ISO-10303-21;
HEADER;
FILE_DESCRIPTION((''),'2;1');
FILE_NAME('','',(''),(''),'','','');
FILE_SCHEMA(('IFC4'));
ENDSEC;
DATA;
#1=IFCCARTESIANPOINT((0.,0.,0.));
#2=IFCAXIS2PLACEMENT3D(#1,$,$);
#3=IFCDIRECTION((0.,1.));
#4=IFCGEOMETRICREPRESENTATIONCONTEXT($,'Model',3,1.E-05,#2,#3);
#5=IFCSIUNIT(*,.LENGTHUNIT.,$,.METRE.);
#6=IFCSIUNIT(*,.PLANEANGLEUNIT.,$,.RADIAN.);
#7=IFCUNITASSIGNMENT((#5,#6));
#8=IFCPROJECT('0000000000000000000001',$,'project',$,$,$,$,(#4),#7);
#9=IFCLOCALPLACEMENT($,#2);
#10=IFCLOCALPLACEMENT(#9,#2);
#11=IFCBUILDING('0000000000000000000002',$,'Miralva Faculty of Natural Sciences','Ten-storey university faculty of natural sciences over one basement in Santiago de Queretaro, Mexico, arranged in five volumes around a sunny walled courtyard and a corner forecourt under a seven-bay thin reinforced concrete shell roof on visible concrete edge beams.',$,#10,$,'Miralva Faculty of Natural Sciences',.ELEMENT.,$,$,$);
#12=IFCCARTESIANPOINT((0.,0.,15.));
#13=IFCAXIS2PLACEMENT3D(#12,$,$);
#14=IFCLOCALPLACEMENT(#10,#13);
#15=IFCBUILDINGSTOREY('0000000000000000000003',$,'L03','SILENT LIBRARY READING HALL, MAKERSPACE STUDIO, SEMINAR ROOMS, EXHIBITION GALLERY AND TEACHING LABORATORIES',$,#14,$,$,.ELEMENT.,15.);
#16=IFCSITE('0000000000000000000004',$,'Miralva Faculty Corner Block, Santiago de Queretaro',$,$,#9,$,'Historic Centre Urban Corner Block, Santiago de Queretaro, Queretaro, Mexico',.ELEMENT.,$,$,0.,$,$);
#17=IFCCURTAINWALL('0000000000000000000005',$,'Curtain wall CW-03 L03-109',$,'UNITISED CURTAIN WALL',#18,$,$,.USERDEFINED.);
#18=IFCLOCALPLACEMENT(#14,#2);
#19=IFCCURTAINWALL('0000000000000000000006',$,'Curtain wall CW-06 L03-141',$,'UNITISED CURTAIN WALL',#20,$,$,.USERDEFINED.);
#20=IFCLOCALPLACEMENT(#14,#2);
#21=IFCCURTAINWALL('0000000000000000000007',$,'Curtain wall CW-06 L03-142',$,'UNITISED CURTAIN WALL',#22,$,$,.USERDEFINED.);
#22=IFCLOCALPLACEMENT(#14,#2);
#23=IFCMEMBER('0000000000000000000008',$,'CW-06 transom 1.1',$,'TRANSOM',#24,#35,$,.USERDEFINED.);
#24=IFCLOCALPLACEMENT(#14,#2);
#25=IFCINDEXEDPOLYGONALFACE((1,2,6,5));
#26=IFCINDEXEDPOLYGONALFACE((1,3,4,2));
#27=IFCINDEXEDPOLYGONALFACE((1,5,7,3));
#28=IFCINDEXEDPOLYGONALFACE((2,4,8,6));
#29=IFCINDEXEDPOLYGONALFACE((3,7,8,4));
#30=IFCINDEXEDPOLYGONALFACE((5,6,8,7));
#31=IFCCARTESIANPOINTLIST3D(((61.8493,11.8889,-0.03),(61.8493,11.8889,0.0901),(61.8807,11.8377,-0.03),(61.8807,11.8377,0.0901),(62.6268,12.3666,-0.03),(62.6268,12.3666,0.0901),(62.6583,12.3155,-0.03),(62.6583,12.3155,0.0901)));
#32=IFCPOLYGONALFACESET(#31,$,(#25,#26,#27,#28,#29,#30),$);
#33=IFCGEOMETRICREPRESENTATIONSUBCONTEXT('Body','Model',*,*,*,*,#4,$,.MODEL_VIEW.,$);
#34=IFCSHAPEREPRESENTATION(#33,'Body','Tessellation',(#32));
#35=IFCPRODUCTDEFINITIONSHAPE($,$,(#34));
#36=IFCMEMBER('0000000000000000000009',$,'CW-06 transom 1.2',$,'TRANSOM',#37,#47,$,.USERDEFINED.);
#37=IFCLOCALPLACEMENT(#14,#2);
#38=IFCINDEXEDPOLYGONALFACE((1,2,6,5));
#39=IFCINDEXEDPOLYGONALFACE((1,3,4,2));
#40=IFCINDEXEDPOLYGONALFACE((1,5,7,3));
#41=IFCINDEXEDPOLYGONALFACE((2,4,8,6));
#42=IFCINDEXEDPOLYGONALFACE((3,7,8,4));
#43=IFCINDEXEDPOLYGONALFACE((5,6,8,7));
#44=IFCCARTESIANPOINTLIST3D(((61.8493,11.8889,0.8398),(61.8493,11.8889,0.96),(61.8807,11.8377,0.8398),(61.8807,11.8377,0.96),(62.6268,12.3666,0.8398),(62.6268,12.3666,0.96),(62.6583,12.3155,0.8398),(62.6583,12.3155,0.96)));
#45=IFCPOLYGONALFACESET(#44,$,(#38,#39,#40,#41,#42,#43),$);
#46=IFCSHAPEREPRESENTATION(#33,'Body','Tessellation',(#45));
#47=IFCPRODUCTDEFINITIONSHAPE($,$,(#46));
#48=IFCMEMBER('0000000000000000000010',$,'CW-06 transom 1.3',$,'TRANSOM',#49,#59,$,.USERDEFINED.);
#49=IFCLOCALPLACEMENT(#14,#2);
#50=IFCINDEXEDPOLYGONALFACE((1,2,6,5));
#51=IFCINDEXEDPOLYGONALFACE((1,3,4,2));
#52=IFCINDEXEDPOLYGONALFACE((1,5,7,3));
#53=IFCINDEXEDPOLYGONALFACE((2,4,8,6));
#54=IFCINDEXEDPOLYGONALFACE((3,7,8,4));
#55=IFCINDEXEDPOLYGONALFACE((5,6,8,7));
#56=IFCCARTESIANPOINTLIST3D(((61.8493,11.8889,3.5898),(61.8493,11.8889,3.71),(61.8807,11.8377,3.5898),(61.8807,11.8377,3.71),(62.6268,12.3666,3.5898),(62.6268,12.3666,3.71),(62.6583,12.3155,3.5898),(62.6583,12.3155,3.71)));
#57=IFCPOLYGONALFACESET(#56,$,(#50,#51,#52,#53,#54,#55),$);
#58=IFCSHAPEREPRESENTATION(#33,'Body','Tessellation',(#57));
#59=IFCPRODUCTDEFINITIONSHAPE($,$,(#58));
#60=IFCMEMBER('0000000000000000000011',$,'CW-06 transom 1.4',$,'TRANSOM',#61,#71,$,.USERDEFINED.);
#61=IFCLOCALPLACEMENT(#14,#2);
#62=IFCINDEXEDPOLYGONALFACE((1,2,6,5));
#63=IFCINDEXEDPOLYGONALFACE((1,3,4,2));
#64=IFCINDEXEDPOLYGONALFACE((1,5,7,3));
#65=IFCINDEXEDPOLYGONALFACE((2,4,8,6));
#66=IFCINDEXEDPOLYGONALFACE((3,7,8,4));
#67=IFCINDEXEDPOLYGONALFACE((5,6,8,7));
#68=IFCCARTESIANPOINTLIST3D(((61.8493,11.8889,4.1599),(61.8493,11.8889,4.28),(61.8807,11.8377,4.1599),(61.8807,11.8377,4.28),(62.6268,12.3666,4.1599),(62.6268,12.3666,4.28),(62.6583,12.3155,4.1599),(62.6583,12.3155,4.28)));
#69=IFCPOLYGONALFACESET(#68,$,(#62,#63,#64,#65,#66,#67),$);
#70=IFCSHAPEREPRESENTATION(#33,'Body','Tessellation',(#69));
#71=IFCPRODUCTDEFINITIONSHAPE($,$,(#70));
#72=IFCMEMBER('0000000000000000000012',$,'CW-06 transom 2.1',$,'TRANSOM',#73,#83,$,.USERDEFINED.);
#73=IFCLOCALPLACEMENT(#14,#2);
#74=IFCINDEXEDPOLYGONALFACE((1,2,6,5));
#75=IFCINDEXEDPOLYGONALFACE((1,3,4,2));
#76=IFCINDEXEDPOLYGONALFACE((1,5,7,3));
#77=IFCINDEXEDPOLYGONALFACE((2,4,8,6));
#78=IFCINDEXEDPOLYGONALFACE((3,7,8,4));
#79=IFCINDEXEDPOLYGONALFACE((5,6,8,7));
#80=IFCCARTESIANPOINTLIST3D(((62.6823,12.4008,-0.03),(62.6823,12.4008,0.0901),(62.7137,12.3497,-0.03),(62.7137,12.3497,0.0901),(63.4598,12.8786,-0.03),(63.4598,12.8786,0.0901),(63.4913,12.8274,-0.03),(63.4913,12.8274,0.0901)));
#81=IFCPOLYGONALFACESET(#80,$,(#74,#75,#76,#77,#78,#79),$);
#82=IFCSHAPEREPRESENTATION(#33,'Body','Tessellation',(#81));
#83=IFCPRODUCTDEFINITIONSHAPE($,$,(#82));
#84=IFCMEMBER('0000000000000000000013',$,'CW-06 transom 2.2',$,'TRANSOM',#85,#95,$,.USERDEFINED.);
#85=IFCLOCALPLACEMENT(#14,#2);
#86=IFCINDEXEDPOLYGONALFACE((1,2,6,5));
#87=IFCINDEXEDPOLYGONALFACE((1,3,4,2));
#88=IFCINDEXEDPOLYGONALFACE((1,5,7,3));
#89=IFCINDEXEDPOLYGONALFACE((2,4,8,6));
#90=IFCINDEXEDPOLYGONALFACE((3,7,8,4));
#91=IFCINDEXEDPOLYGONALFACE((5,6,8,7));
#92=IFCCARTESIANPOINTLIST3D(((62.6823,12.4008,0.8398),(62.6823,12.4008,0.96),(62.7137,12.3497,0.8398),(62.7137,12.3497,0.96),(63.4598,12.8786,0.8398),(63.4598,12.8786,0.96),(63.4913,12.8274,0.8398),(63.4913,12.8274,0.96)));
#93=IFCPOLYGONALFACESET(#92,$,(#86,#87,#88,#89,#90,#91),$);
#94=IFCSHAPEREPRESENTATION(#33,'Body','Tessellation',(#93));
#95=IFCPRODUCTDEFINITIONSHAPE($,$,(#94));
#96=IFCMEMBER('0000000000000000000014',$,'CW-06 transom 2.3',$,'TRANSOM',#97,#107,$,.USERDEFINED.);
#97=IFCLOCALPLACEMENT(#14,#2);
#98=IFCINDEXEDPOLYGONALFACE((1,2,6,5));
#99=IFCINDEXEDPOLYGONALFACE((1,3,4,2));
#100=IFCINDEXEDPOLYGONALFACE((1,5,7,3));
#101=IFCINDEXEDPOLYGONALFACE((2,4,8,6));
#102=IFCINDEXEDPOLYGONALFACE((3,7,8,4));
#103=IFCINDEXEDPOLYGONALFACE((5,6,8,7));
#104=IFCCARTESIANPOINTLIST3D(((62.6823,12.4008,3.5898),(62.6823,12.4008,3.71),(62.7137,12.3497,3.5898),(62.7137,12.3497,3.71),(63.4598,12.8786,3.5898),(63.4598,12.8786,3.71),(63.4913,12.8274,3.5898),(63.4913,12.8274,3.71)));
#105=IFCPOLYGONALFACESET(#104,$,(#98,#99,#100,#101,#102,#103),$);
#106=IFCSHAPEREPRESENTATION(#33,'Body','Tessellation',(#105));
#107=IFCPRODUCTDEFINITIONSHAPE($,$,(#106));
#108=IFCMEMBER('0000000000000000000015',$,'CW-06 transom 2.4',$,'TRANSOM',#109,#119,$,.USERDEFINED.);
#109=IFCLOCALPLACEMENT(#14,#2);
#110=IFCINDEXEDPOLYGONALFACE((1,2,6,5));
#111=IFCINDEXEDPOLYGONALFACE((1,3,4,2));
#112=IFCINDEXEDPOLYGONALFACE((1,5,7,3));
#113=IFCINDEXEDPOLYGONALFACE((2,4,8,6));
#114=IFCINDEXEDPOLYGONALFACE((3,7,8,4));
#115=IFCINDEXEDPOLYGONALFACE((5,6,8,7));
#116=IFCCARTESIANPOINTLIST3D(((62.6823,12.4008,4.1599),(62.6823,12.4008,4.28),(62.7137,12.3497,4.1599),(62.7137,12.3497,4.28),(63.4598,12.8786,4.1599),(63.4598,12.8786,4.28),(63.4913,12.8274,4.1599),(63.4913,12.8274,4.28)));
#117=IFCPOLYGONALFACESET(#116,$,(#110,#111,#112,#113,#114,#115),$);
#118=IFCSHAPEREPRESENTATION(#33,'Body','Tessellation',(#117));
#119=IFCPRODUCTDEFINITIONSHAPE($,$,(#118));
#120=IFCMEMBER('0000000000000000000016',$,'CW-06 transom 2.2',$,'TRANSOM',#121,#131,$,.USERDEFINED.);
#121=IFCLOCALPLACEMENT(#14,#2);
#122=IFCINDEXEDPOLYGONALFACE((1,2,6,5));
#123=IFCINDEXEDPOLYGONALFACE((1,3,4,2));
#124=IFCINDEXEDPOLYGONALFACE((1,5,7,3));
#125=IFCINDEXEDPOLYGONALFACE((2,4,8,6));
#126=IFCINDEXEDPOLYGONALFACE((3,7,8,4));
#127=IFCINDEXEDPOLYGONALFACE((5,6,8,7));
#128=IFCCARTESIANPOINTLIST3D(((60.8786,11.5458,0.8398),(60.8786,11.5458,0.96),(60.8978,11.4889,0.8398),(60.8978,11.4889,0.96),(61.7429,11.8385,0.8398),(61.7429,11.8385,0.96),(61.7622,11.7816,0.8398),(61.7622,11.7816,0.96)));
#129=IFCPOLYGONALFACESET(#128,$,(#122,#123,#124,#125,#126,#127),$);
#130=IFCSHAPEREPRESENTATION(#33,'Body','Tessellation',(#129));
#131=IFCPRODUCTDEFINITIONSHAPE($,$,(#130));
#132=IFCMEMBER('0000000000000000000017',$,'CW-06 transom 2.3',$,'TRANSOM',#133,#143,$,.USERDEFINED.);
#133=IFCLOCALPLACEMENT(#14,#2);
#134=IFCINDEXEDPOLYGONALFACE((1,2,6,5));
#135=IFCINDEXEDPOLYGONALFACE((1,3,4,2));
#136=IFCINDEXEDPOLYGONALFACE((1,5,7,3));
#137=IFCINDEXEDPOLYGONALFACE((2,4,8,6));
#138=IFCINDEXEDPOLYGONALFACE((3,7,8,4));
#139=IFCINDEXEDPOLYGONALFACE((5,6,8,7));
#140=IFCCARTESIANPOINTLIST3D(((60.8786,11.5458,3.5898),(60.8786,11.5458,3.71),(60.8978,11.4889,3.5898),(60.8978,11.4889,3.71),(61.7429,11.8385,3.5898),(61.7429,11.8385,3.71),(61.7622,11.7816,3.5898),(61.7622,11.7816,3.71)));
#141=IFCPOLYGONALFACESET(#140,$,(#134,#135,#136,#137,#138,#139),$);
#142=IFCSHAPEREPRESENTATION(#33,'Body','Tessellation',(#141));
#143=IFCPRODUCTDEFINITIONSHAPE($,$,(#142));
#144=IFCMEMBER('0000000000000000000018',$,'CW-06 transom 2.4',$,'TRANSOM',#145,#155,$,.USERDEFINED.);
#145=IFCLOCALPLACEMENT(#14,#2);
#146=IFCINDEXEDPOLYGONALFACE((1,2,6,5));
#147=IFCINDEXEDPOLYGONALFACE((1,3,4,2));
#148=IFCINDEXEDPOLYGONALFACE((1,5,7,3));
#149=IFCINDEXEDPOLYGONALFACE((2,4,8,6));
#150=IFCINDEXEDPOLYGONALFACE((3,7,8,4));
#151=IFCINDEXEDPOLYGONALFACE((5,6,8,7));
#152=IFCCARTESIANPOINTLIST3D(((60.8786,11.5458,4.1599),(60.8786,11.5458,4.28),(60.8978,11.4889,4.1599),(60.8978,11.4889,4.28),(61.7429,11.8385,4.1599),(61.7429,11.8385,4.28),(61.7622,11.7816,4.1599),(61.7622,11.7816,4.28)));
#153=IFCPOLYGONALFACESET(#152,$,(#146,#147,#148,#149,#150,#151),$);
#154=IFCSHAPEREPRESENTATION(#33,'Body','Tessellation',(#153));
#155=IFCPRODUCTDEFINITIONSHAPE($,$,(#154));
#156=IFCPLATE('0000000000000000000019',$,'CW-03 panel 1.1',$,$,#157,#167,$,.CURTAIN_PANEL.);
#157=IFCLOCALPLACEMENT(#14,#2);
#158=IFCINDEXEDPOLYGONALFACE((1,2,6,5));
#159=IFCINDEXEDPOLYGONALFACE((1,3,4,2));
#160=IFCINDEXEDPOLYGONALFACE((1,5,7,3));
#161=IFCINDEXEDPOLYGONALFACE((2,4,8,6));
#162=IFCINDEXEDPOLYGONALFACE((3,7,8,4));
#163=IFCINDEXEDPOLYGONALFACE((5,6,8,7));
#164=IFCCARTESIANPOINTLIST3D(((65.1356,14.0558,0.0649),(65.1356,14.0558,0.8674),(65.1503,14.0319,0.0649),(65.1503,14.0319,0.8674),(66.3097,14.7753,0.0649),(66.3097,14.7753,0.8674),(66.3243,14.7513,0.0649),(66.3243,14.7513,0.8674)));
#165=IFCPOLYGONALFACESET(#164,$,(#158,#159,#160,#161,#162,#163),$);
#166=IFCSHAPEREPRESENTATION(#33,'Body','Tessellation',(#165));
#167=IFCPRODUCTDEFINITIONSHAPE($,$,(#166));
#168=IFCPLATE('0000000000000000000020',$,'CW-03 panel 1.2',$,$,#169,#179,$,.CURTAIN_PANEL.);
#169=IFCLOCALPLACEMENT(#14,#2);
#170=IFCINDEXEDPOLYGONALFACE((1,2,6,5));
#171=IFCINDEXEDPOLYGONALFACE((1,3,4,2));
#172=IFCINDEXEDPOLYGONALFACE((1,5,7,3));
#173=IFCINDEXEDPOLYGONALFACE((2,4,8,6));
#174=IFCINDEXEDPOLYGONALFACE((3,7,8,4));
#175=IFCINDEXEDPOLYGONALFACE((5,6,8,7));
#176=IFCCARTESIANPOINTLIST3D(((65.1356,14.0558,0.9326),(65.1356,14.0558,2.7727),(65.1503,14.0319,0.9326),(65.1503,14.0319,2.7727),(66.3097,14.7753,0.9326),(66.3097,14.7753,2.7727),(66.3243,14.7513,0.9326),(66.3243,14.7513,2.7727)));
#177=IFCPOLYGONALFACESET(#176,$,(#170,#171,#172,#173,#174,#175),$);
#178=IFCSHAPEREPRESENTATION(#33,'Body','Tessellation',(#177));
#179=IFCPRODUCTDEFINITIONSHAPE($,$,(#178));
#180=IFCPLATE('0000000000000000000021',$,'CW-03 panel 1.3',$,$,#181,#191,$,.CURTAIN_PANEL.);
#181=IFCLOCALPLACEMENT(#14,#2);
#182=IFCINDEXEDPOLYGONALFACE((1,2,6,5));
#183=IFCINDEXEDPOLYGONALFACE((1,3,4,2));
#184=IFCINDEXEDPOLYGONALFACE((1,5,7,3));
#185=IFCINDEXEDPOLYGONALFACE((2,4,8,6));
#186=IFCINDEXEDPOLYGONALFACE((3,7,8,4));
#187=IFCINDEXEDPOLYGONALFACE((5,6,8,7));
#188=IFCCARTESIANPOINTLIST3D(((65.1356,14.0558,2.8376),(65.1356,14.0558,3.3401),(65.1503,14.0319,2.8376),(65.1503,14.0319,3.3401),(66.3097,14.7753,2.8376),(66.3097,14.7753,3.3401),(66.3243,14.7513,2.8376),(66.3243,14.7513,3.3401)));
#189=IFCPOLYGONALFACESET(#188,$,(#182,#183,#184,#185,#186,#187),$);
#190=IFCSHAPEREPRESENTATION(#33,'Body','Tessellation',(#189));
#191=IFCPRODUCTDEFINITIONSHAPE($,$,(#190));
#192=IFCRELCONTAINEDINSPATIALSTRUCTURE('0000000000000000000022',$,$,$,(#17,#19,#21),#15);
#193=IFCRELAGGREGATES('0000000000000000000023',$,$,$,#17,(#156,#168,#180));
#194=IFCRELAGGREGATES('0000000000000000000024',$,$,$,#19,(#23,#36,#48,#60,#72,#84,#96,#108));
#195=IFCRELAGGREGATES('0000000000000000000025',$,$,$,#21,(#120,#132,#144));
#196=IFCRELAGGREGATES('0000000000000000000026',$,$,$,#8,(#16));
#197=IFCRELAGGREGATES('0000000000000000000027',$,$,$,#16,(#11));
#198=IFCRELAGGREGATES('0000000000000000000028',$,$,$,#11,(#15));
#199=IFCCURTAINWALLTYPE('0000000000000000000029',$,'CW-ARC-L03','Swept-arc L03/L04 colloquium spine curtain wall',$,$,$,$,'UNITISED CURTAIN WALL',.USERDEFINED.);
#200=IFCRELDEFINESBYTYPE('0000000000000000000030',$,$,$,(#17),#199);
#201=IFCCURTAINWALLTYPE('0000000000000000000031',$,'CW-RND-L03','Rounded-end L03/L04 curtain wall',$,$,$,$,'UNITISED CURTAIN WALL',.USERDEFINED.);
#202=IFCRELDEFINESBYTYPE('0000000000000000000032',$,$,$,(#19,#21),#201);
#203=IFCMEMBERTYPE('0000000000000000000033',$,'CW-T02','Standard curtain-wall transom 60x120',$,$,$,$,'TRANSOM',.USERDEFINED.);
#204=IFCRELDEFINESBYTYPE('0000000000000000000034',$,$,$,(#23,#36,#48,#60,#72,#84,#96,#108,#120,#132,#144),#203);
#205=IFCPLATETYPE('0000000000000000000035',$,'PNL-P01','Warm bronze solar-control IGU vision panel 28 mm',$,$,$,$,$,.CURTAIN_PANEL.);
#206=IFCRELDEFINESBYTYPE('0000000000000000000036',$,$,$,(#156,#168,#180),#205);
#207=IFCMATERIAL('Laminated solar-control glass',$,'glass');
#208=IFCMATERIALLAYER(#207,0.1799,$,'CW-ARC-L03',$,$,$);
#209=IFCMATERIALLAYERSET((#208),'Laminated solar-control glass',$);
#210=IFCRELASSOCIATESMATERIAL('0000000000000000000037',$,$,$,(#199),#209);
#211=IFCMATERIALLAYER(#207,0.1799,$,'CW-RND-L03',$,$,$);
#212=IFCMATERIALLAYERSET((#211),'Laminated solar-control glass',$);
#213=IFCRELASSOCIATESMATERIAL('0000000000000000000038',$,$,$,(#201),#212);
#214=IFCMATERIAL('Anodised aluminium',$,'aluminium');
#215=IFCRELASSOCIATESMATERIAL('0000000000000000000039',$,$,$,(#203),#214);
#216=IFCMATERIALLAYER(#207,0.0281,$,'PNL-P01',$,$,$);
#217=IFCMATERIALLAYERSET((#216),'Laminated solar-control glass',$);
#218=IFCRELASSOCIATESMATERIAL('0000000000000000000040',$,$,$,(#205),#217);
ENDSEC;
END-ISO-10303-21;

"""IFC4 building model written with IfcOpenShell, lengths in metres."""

from ifc_helpers import new_model, si_unit, direction, frame, origin, origin_2d, place, context, subcontext, project, spatial, rectangle, extrude, material, layer, layer_set, material_profile, profile_set, type_object, element, aggregate, save


model = new_model("IFC4")

# Units and contexts
model_context = context("Model", 3, precision=1e-05, world=origin(), true_north=direction((0.0, 1.0)))
body_context = subcontext(model_context, "Body", "Model", "MODEL_VIEW")
ifc_project = project(units=[si_unit("LENGTHUNIT", "METRE"), si_unit("PLANEANGLEUNIT", "RADIAN")], contexts=[model_context])

# Site, building, storey
site_placement = place(None, origin())
site = spatial("IfcSite", under=ifc_project, at=site_placement, Name="Miralva Faculty Corner Block, Santiago de Queretaro", LongName="Historic Centre Urban Corner Block, Santiago de Queretaro, Queretaro, Mexico", CompositionType="ELEMENT", RefElevation=0.0)
building_placement = place(site_placement, origin())
building = spatial("IfcBuilding", under=site, at=building_placement, Name="Miralva Faculty of Natural Sciences", Description="Ten-storey university faculty of natural sciences over one basement in Santiago de Queretaro, Mexico, arranged in five volumes around a sunny walled courtyard and a corner forecourt under a seven-bay thin reinforced concrete shell roof on visible concrete edge beams.", LongName="Miralva Faculty of Natural Sciences", CompositionType="ELEMENT")
storey_placement = place(building_placement, frame((0.0, 0.0, 15.0)))
storey = spatial("IfcBuildingStorey", under=building, at=storey_placement, Name="L03", Description="SILENT LIBRARY READING HALL, MAKERSPACE STUDIO, SEMINAR ROOMS, EXHIBITION GALLERY AND TEACHING LABORATORIES", CompositionType="ELEMENT", Elevation=15.0)

# Curtain walls
ifc_material_1 = material(Name="Laminated solar-control glass", Category="glass")
ifc_layer_1 = layer(ifc_material_1, 0.1799, Name="CW-ARC-L03")
ifc_layer_set_1 = layer_set([ifc_layer_1], Name="Laminated solar-control glass")
curtain_wall_type_1 = type_object("IfcCurtainWallType", Name="CW-ARC-L03", Description="Swept-arc L03/L04 colloquium spine curtain wall", ElementType="UNITISED CURTAIN WALL", PredefinedType="USERDEFINED", material=ifc_layer_set_1)
curtain_wall_1_placement = place(storey_placement, origin())
curtain_wall_1 = element("IfcCurtainWall", 1, at=curtain_wall_1_placement, inside=storey, type_object=curtain_wall_type_1, Name="Curtain wall CW-03 L03-109", ObjectType="UNITISED CURTAIN WALL", PredefinedType="USERDEFINED")
ifc_material_2 = material(Name="Anodised aluminium", Category="aluminium")
ifc_layer_2 = layer(ifc_material_1, 0.1799, Name="CW-RND-L03")
ifc_layer_set_2 = layer_set([ifc_layer_2], Name="Laminated solar-control glass")
curtain_wall_type_2 = type_object("IfcCurtainWallType", Name="CW-RND-L03", Description="Rounded-end L03/L04 curtain wall", ElementType="UNITISED CURTAIN WALL", PredefinedType="USERDEFINED", material=ifc_layer_set_2)
curtain_wall_2_placement = place(storey_placement, origin())
curtain_wall_2 = element("IfcCurtainWall", 2, at=curtain_wall_2_placement, inside=storey, type_object=curtain_wall_type_2, Name="Curtain wall CW-06 L03-141", ObjectType="UNITISED CURTAIN WALL", PredefinedType="USERDEFINED")

# Curtain wall
curtain_wall_3_placement = place(storey_placement, origin())
curtain_wall_3 = element("IfcCurtainWall", 3, at=curtain_wall_3_placement, inside=storey, type_object=curtain_wall_type_2, Name="Curtain wall CW-06 L03-142", ObjectType="UNITISED CURTAIN WALL", PredefinedType="USERDEFINED")

# Members
ifc_material_profile_1 = material_profile(ifc_material_2, rectangle(XDim=0.0601, YDim=0.1201, at=origin_2d()), Name="TRANSOM 60x120")
ifc_profile_set_1 = profile_set([ifc_material_profile_1], Name="Anodised aluminium")
member_type_1 = type_object("IfcMemberType", Name="CW-T02", Description="Standard curtain-wall transom 60x120", ElementType="TRANSOM", PredefinedType="USERDEFINED", material=ifc_profile_set_1)
member_1_placement = place(storey_placement, frame((61.865, 11.8633, 0.03), z_axis=(0.852016, 0.523515, 0.0), x_axis=(-0.523515, 0.852016, 0.0)))
member_1 = element("IfcMember", 4, at=member_1_placement, type_object=member_type_1, Name="CW-06 transom 1.1", ObjectType="TRANSOM", PredefinedType="USERDEFINED", context=body_context, shape_type="SweptSolid", body=[
    extrude(rectangle(XDim=0.0601, YDim=0.1201, at=origin_2d()), origin(), (0.0, 0.0, 1.0), 0.9126),
])
member_2_placement = place(storey_placement, frame((61.865, 11.8633, 0.8999), z_axis=(0.852016, 0.523515, 0.0), x_axis=(-0.523515, 0.852016, 0.0)))
member_2 = element("IfcMember", 5, at=member_2_placement, type_object=member_type_1, Name="CW-06 transom 1.2", ObjectType="TRANSOM", PredefinedType="USERDEFINED", context=body_context, shape_type="SweptSolid", body=[
    extrude(rectangle(XDim=0.0601, YDim=0.1201, at=origin_2d()), origin(), (0.0, 0.0, 1.0), 0.9126),
])
member_3_placement = place(storey_placement, frame((61.865, 11.8633, 3.6499), z_axis=(0.852016, 0.523515, 0.0), x_axis=(-0.523515, 0.852016, 0.0)))
member_3 = element("IfcMember", 6, at=member_3_placement, type_object=member_type_1, Name="CW-06 transom 1.3", ObjectType="TRANSOM", PredefinedType="USERDEFINED", context=body_context, shape_type="SweptSolid", body=[
    extrude(rectangle(XDim=0.0601, YDim=0.1201, at=origin_2d()), origin(), (0.0, 0.0, 1.0), 0.9126),
])
member_4_placement = place(storey_placement, frame((61.865, 11.8633, 4.22), z_axis=(0.852016, 0.523515, 0.0), x_axis=(-0.523515, 0.852016, 0.0)))
member_4 = element("IfcMember", 7, at=member_4_placement, type_object=member_type_1, Name="CW-06 transom 1.4", ObjectType="TRANSOM", PredefinedType="USERDEFINED", context=body_context, shape_type="SweptSolid", body=[
    extrude(rectangle(XDim=0.0601, YDim=0.1201, at=origin_2d()), origin(), (0.0, 0.0, 1.0), 0.9126),
])
member_5_placement = place(storey_placement, frame((62.698, 12.3752, 0.03), z_axis=(0.852016, 0.523515, 0.0), x_axis=(-0.523515, 0.852016, 0.0)))
member_5 = element("IfcMember", 8, at=member_5_placement, type_object=member_type_1, Name="CW-06 transom 2.1", ObjectType="TRANSOM", PredefinedType="USERDEFINED", context=body_context, shape_type="SweptSolid", body=[
    extrude(rectangle(XDim=0.0601, YDim=0.1201, at=origin_2d()), origin(), (0.0, 0.0, 1.0), 0.9126),
])
member_6_placement = place(storey_placement, frame((62.698, 12.3752, 0.8999), z_axis=(0.852016, 0.523515, 0.0), x_axis=(-0.523515, 0.852016, 0.0)))
member_6 = element("IfcMember", 9, at=member_6_placement, type_object=member_type_1, Name="CW-06 transom 2.2", ObjectType="TRANSOM", PredefinedType="USERDEFINED", context=body_context, shape_type="SweptSolid", body=[
    extrude(rectangle(XDim=0.0601, YDim=0.1201, at=origin_2d()), origin(), (0.0, 0.0, 1.0), 0.9126),
])
member_7_placement = place(storey_placement, frame((62.698, 12.3752, 3.6499), z_axis=(0.852016, 0.523515, 0.0), x_axis=(-0.523515, 0.852016, 0.0)))
member_7 = element("IfcMember", 10, at=member_7_placement, type_object=member_type_1, Name="CW-06 transom 2.3", ObjectType="TRANSOM", PredefinedType="USERDEFINED", context=body_context, shape_type="SweptSolid", body=[
    extrude(rectangle(XDim=0.0601, YDim=0.1201, at=origin_2d()), origin(), (0.0, 0.0, 1.0), 0.9126),
])
member_8_placement = place(storey_placement, frame((62.698, 12.3752, 4.22), z_axis=(0.852016, 0.523515, 0.0), x_axis=(-0.523515, 0.852016, 0.0)))
member_8 = element("IfcMember", 11, at=member_8_placement, type_object=member_type_1, Name="CW-06 transom 2.4", ObjectType="TRANSOM", PredefinedType="USERDEFINED", context=body_context, shape_type="SweptSolid", body=[
    extrude(rectangle(XDim=0.0601, YDim=0.1201, at=origin_2d()), origin(), (0.0, 0.0, 1.0), 0.9126),
])
member_9_placement = place(storey_placement, frame((60.8882, 11.5173, 0.8999), z_axis=(0.947175, 0.320718, 0.0), x_axis=(-0.320718, 0.947175, 0.0)))
member_9 = element("IfcMember", 12, at=member_9_placement, type_object=member_type_1, Name="CW-06 transom 2.2", ObjectType="TRANSOM", PredefinedType="USERDEFINED", context=body_context, shape_type="SweptSolid", body=[
    extrude(rectangle(XDim=0.0601, YDim=0.1201, at=origin_2d()), origin(), (0.0, 0.0, 1.0), 0.9126),
])
member_10_placement = place(storey_placement, frame((60.8882, 11.5173, 3.6499), z_axis=(0.947175, 0.320718, 0.0), x_axis=(-0.320718, 0.947175, 0.0)))
member_10 = element("IfcMember", 13, at=member_10_placement, type_object=member_type_1, Name="CW-06 transom 2.3", ObjectType="TRANSOM", PredefinedType="USERDEFINED", context=body_context, shape_type="SweptSolid", body=[
    extrude(rectangle(XDim=0.0601, YDim=0.1201, at=origin_2d()), origin(), (0.0, 0.0, 1.0), 0.9126),
])
member_11_placement = place(storey_placement, frame((60.8882, 11.5173, 4.22), z_axis=(0.947175, 0.320718, 0.0), x_axis=(-0.320718, 0.947175, 0.0)))
member_11 = element("IfcMember", 14, at=member_11_placement, type_object=member_type_1, Name="CW-06 transom 2.4", ObjectType="TRANSOM", PredefinedType="USERDEFINED", context=body_context, shape_type="SweptSolid", body=[
    extrude(rectangle(XDim=0.0601, YDim=0.1201, at=origin_2d()), origin(), (0.0, 0.0, 1.0), 0.9126),
])

# Plates
ifc_layer_3 = layer(ifc_material_1, 0.0281, Name="PNL-P01")
ifc_layer_set_3 = layer_set([ifc_layer_3], Name="Laminated solar-control glass")
plate_type = type_object("IfcPlateType", Name="PNL-P01", Description="Warm bronze solar-control IGU vision panel 28 mm", PredefinedType="CURTAIN_PANEL", material=ifc_layer_set_3)
plate_1_placement = place(storey_placement, frame((65.73, 14.4036, 0.0649), z_axis=(0.0, 0.0, 1.0), x_axis=(0.852641, 0.522498, 0.0)))
plate_1 = element("IfcPlate", 15, at=plate_1_placement, type_object=plate_type, Name="CW-03 panel 1.1", PredefinedType="CURTAIN_PANEL", context=body_context, shape_type="SweptSolid", body=[
    extrude(rectangle(XDim=1.377, YDim=0.0281, at=origin_2d()), origin(), (0.0, 0.0, 1.0), 0.8025),
])
plate_2_placement = place(storey_placement, frame((65.73, 14.4036, 0.9326), z_axis=(0.0, 0.0, 1.0), x_axis=(0.852641, 0.522498, 0.0)))
plate_2 = element("IfcPlate", 16, at=plate_2_placement, type_object=plate_type, Name="CW-03 panel 1.2", PredefinedType="CURTAIN_PANEL", context=body_context, shape_type="SweptSolid", body=[
    extrude(rectangle(XDim=1.377, YDim=0.0281, at=origin_2d()), origin(), (0.0, 0.0, 1.0), 1.8401),
])
plate_3_placement = place(storey_placement, frame((65.73, 14.4036, 2.8376), z_axis=(0.0, 0.0, 1.0), x_axis=(0.852641, 0.522498, 0.0)))
plate_3 = element("IfcPlate", 17, at=plate_3_placement, type_object=plate_type, Name="CW-03 panel 1.3", PredefinedType="CURTAIN_PANEL", context=body_context, shape_type="SweptSolid", body=[
    extrude(rectangle(XDim=1.377, YDim=0.0281, at=origin_2d()), origin(), (0.0, 0.0, 1.0), 0.5024),
])
aggregate(curtain_wall_1, [plate_1, plate_2, plate_3])
aggregate(curtain_wall_2, [member_1, member_2, member_3, member_4, member_5, member_6, member_7, member_8])
aggregate(curtain_wall_3, [member_9, member_10, member_11])

save(model, "model.ifc")
